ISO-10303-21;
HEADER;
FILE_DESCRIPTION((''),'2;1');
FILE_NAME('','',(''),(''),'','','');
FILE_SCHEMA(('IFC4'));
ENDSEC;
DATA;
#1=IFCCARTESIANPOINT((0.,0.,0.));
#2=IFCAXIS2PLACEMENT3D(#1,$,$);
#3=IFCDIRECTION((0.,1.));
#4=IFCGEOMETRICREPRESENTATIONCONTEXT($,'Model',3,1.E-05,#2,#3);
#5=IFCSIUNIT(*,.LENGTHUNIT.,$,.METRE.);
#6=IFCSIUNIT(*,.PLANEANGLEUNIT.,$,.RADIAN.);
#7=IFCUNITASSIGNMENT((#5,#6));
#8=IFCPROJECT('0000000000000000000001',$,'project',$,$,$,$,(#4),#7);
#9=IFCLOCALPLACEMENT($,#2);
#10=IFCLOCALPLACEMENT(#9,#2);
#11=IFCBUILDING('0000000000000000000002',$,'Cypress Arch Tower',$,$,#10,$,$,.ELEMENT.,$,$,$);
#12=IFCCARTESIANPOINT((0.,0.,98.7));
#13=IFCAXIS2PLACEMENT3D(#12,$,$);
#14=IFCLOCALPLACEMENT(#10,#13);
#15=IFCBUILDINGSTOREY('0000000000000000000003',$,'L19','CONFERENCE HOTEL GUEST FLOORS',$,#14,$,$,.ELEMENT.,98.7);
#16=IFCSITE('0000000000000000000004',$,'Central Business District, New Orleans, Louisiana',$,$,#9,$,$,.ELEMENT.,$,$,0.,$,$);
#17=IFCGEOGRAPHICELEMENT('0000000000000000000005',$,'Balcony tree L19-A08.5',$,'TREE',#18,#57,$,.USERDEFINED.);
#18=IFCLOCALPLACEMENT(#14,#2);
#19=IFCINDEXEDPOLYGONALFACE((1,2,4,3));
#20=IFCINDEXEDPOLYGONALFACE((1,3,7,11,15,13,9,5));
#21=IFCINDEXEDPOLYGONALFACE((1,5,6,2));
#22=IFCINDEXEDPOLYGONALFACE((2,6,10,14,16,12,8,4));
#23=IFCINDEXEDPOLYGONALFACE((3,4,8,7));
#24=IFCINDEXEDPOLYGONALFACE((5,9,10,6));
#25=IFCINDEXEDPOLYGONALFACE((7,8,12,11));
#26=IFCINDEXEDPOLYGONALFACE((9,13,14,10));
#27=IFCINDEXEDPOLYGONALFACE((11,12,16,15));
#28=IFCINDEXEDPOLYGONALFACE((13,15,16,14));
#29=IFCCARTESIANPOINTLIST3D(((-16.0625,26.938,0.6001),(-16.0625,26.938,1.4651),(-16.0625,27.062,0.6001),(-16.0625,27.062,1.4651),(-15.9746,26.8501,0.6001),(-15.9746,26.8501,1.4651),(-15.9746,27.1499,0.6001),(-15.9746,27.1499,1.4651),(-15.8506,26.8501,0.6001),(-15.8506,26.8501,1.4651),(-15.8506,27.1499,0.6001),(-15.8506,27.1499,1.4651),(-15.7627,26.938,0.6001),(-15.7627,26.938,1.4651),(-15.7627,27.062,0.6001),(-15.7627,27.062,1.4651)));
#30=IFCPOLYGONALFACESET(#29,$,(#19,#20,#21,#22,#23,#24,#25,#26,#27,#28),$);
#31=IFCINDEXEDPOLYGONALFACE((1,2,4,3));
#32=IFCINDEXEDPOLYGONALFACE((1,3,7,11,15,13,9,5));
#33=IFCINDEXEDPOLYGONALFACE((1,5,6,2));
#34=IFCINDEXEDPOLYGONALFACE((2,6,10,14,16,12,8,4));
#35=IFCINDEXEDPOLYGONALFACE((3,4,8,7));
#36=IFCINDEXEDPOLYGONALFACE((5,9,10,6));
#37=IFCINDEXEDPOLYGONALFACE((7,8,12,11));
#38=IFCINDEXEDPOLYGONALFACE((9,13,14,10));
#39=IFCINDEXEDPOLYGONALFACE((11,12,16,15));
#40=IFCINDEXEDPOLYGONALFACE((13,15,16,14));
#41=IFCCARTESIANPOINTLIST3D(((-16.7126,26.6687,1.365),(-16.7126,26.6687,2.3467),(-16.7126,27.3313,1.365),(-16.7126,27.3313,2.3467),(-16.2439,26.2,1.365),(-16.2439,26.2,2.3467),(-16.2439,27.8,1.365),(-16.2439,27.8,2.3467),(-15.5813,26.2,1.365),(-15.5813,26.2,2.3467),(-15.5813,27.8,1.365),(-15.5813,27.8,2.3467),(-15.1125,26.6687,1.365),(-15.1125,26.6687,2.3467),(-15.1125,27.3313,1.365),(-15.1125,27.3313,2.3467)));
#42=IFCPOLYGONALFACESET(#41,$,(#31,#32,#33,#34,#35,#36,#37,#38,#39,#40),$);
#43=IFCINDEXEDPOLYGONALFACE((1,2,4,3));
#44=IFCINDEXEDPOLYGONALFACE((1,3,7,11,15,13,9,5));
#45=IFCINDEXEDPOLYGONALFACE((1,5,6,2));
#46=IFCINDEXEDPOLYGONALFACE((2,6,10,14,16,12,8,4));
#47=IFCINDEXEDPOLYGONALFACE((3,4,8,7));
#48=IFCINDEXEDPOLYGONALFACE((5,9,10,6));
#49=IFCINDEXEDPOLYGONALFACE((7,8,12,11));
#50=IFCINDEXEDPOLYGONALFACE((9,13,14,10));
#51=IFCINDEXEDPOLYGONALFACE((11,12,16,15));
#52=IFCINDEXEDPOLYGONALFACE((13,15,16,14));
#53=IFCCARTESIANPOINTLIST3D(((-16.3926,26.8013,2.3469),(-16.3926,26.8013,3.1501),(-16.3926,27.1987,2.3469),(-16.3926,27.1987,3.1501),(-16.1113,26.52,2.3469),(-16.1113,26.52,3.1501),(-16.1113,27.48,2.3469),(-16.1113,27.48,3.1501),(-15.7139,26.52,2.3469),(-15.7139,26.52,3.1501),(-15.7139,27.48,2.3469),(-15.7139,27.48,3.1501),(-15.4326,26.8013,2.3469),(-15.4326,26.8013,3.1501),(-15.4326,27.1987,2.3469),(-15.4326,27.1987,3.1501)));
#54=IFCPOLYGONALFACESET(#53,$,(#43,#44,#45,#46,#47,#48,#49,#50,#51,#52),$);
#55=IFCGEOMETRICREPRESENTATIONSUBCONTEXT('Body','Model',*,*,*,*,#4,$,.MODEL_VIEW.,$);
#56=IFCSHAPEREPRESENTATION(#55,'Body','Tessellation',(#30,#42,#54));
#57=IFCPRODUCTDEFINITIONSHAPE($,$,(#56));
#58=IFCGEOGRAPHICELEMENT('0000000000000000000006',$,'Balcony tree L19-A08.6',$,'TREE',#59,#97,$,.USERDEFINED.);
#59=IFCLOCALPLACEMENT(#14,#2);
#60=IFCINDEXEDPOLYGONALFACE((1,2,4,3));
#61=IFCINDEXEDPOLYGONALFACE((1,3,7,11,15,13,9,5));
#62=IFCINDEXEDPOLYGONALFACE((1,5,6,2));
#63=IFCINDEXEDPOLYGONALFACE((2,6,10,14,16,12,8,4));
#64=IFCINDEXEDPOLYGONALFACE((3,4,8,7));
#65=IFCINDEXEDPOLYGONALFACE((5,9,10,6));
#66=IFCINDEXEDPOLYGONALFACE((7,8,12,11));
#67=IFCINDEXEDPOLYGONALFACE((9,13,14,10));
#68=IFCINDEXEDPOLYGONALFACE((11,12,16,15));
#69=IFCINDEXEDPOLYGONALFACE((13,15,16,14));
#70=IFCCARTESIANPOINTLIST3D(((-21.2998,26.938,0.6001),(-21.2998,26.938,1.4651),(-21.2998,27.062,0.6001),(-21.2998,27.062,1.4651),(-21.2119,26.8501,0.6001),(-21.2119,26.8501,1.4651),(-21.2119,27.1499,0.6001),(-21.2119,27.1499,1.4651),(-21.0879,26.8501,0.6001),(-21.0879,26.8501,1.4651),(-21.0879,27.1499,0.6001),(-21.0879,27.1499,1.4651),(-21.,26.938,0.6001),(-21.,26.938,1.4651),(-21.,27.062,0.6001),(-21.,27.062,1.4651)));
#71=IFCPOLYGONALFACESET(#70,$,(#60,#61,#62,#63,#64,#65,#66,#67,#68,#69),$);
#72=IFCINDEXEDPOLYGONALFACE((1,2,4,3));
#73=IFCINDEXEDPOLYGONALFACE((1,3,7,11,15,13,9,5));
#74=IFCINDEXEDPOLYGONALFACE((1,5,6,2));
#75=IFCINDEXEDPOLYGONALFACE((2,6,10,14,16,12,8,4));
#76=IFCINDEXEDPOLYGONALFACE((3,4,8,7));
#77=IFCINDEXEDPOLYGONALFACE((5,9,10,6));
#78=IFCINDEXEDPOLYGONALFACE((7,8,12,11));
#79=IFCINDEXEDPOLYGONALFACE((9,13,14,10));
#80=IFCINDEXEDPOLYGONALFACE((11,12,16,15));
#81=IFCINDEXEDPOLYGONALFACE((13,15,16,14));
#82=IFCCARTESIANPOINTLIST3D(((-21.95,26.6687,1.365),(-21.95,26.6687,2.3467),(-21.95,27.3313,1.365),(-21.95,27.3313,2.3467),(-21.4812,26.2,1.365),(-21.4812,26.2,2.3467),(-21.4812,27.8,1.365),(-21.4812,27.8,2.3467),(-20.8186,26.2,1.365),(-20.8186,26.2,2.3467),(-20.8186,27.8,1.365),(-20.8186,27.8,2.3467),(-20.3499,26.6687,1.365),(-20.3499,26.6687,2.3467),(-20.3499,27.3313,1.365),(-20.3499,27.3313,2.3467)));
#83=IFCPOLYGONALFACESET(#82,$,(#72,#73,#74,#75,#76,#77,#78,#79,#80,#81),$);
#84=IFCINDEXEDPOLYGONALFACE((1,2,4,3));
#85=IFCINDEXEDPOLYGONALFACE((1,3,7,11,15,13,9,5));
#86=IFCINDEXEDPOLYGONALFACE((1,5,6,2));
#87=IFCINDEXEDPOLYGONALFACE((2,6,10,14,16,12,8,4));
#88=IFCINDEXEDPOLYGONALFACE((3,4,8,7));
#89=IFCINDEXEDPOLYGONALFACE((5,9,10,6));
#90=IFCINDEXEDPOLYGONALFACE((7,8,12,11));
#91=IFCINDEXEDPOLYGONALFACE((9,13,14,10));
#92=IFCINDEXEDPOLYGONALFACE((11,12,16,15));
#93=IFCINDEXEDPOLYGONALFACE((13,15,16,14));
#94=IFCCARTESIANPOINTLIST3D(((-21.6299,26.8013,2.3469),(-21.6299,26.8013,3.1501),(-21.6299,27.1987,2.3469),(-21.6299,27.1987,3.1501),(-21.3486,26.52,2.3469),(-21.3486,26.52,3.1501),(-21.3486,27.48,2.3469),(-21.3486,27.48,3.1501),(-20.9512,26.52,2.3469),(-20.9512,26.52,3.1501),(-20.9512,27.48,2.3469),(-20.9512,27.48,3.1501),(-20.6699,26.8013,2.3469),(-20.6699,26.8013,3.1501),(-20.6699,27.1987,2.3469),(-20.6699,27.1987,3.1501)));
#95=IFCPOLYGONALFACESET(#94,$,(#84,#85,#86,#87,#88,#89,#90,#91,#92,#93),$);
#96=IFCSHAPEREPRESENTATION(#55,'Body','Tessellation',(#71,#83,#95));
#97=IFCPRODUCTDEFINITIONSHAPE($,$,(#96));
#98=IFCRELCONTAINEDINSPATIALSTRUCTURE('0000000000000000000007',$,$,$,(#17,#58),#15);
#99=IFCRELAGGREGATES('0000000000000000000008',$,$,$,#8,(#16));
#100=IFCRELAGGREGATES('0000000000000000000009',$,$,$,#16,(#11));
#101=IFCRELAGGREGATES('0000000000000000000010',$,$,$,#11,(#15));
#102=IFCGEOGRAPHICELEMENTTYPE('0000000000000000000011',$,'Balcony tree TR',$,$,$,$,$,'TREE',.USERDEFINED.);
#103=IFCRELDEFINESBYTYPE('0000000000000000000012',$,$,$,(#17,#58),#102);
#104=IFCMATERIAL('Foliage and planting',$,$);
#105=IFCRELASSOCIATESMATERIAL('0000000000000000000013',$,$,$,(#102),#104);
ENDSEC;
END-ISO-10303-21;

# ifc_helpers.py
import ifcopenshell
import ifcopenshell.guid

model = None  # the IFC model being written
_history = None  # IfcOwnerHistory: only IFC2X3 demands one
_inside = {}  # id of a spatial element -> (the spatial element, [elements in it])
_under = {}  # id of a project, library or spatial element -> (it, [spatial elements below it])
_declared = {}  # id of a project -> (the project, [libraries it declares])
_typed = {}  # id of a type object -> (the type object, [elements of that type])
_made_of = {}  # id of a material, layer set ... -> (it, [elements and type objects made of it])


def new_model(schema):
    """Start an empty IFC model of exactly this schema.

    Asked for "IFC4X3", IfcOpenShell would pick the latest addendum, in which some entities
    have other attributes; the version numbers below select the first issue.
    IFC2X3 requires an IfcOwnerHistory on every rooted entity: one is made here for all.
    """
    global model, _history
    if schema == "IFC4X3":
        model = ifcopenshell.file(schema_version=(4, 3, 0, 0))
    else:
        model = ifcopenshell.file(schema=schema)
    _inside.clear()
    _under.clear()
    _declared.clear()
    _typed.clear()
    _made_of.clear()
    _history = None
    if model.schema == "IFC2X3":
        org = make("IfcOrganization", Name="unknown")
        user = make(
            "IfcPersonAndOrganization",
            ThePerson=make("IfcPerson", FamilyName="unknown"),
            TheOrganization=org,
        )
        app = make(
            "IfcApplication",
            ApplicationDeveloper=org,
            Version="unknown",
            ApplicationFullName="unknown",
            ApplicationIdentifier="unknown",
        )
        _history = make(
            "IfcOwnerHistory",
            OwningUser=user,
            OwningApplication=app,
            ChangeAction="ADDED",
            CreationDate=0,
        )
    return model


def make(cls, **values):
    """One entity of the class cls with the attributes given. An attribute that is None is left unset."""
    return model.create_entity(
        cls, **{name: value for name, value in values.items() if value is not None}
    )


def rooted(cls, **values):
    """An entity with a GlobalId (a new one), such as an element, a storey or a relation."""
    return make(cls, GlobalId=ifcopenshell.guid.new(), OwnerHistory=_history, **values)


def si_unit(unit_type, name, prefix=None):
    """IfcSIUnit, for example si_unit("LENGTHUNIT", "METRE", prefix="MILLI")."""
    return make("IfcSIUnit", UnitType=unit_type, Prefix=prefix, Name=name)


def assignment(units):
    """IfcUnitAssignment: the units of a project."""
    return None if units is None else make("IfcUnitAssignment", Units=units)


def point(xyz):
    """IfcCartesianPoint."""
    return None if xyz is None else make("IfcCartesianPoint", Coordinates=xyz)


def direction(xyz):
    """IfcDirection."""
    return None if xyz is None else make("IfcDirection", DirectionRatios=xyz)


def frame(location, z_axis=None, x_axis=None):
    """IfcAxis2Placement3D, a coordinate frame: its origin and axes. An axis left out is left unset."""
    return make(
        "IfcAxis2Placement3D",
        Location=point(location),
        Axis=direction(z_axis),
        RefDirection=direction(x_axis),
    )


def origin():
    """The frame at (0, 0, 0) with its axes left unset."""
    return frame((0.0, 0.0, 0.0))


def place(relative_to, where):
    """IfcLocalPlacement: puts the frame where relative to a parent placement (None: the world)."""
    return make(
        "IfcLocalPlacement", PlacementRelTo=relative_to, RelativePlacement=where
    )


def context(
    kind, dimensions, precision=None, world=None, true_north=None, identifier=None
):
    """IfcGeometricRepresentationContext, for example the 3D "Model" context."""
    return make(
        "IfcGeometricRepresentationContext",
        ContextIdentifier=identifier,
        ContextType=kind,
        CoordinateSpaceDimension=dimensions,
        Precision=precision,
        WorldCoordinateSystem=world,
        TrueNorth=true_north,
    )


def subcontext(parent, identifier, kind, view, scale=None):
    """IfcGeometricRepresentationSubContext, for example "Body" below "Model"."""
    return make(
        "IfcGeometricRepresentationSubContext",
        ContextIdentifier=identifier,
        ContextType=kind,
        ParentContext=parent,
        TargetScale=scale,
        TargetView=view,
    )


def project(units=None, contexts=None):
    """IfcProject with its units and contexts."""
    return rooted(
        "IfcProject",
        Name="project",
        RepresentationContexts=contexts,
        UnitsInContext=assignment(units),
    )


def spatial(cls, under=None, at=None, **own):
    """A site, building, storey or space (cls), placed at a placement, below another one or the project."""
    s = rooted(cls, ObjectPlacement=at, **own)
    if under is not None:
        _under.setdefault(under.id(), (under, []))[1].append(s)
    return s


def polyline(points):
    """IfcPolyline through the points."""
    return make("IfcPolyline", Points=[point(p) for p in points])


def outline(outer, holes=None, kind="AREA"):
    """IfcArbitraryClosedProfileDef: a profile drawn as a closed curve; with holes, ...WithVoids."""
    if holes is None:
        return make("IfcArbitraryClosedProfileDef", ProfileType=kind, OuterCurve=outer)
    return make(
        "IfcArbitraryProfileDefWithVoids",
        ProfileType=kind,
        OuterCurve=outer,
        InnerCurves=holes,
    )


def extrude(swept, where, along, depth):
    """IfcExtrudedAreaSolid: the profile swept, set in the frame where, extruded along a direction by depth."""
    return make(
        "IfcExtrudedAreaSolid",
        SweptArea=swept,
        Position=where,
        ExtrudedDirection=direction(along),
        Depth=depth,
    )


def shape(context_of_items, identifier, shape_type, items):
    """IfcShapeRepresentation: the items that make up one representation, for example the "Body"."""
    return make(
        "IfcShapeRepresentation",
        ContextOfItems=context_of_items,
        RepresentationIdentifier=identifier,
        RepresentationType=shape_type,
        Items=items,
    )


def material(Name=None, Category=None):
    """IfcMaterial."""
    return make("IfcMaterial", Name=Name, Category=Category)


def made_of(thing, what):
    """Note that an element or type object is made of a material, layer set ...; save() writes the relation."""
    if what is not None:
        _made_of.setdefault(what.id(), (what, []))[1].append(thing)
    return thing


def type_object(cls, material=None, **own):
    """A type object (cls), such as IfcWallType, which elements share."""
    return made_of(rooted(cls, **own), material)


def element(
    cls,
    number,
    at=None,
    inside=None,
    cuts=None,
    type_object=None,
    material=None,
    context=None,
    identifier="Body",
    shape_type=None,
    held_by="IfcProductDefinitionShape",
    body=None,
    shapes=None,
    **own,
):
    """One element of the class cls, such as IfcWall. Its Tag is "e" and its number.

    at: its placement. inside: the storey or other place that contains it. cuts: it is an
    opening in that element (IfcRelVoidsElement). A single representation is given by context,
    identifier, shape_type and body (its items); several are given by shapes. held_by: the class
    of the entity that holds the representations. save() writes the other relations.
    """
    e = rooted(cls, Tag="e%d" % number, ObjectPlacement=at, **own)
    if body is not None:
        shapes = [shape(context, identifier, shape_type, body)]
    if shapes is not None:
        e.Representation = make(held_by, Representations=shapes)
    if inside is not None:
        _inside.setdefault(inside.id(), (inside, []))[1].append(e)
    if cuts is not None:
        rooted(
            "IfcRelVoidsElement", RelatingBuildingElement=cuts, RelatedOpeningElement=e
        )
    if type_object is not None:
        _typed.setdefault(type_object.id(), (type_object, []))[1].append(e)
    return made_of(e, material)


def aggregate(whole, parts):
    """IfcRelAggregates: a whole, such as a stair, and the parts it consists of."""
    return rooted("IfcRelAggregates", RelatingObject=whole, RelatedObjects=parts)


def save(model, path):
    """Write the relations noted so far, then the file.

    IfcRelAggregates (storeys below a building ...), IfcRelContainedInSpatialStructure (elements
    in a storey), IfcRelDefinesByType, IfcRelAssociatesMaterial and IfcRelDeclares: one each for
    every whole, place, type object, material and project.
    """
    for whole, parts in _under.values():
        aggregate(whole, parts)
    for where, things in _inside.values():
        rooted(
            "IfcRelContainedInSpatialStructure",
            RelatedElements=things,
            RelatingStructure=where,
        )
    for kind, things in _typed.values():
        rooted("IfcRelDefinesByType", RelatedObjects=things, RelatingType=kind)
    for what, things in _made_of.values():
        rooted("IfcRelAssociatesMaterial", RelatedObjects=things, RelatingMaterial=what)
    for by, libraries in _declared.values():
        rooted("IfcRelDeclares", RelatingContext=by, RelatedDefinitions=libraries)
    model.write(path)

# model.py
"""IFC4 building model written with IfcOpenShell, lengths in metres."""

from ifc_helpers import new_model, si_unit, direction, frame, origin, place, context, subcontext, project, spatial, polyline, outline, extrude, material, type_object, element, save


model = new_model("IFC4")

# Units and contexts
model_context = context("Model", 3, precision=1e-05, world=origin(), true_north=direction((0.0, 1.0)))
body_context = subcontext(model_context, "Body", "Model", "MODEL_VIEW")
ifc_project = project(units=[si_unit("LENGTHUNIT", "METRE"), si_unit("PLANEANGLEUNIT", "RADIAN")], contexts=[model_context])

# Site, building, storey
site_placement = place(None, origin())
site = spatial("IfcSite", under=ifc_project, at=site_placement, Name="Central Business District, New Orleans, Louisiana", CompositionType="ELEMENT", RefElevation=0.0)
building_placement = place(site_placement, origin())
building = spatial("IfcBuilding", under=site, at=building_placement, Name="Cypress Arch Tower", CompositionType="ELEMENT")
storey_placement = place(building_placement, frame((0.0, 0.0, 98.7)))
storey = spatial("IfcBuildingStorey", under=building, at=storey_placement, Name="L19", Description="CONFERENCE HOTEL GUEST FLOORS", CompositionType="ELEMENT", Elevation=98.7)

# Geographic elements
ifc_material_1 = material(Name="Foliage and planting")
geographic_element_type = type_object("IfcGeographicElementType", Name="Balcony tree TR", ElementType="TREE", PredefinedType="USERDEFINED", material=ifc_material_1)
for number, where, z_axis, x_axis, name in (
    (1, (-15.9126, 27.0, 0.6001), (0.0, 0.0, 1.0), (1.0, 0.0, 0.0), "Balcony tree L19-A08.5"),
    (2, (-21.1499, 27.0, 0.6001), (0.0, 0.0, 1.0), (1.0, 0.0, 0.0), "Balcony tree L19-A08.6"),
):
    element("IfcGeographicElement", number, at=place(storey_placement, frame(where, z_axis=z_axis, x_axis=x_axis)), inside=storey, type_object=geographic_element_type, Name=name, ObjectType="TREE", PredefinedType="USERDEFINED", context=body_context, shape_type="SweptSolid", body=[
        extrude(outline(polyline([(0.1499, 0.062), (0.062, 0.1499), (-0.062, 0.1499), (-0.1499, 0.062), (-0.1499, -0.062), (-0.062, -0.1499), (0.062, -0.1499), (0.1499, -0.062), (0.1499, 0.062)])), origin(), (0.0, 0.0, 1.0), 0.865),
        extrude(outline(polyline([(0.8, 0.3313), (0.3313, 0.8), (-0.3313, 0.8), (-0.8, 0.3313), (-0.8, -0.3313), (-0.3313, -0.8), (0.3313, -0.8), (0.8, -0.3313), (0.8, 0.3313)])), frame((0.0, 0.0, 0.7649)), (0.0, 0.0, 1.0), 0.9817),
        extrude(outline(polyline([(0.48, 0.1987), (0.1987, 0.48), (-0.1987, 0.48), (-0.48, 0.1987), (-0.48, -0.1987), (-0.1987, -0.48), (0.1987, -0.48), (0.48, -0.1987), (0.48, 0.1987)])), frame((0.0, 0.0, 1.7468)), (0.0, 0.0, 1.0), 0.8032),
    ])

save(model, "model.ifc")
